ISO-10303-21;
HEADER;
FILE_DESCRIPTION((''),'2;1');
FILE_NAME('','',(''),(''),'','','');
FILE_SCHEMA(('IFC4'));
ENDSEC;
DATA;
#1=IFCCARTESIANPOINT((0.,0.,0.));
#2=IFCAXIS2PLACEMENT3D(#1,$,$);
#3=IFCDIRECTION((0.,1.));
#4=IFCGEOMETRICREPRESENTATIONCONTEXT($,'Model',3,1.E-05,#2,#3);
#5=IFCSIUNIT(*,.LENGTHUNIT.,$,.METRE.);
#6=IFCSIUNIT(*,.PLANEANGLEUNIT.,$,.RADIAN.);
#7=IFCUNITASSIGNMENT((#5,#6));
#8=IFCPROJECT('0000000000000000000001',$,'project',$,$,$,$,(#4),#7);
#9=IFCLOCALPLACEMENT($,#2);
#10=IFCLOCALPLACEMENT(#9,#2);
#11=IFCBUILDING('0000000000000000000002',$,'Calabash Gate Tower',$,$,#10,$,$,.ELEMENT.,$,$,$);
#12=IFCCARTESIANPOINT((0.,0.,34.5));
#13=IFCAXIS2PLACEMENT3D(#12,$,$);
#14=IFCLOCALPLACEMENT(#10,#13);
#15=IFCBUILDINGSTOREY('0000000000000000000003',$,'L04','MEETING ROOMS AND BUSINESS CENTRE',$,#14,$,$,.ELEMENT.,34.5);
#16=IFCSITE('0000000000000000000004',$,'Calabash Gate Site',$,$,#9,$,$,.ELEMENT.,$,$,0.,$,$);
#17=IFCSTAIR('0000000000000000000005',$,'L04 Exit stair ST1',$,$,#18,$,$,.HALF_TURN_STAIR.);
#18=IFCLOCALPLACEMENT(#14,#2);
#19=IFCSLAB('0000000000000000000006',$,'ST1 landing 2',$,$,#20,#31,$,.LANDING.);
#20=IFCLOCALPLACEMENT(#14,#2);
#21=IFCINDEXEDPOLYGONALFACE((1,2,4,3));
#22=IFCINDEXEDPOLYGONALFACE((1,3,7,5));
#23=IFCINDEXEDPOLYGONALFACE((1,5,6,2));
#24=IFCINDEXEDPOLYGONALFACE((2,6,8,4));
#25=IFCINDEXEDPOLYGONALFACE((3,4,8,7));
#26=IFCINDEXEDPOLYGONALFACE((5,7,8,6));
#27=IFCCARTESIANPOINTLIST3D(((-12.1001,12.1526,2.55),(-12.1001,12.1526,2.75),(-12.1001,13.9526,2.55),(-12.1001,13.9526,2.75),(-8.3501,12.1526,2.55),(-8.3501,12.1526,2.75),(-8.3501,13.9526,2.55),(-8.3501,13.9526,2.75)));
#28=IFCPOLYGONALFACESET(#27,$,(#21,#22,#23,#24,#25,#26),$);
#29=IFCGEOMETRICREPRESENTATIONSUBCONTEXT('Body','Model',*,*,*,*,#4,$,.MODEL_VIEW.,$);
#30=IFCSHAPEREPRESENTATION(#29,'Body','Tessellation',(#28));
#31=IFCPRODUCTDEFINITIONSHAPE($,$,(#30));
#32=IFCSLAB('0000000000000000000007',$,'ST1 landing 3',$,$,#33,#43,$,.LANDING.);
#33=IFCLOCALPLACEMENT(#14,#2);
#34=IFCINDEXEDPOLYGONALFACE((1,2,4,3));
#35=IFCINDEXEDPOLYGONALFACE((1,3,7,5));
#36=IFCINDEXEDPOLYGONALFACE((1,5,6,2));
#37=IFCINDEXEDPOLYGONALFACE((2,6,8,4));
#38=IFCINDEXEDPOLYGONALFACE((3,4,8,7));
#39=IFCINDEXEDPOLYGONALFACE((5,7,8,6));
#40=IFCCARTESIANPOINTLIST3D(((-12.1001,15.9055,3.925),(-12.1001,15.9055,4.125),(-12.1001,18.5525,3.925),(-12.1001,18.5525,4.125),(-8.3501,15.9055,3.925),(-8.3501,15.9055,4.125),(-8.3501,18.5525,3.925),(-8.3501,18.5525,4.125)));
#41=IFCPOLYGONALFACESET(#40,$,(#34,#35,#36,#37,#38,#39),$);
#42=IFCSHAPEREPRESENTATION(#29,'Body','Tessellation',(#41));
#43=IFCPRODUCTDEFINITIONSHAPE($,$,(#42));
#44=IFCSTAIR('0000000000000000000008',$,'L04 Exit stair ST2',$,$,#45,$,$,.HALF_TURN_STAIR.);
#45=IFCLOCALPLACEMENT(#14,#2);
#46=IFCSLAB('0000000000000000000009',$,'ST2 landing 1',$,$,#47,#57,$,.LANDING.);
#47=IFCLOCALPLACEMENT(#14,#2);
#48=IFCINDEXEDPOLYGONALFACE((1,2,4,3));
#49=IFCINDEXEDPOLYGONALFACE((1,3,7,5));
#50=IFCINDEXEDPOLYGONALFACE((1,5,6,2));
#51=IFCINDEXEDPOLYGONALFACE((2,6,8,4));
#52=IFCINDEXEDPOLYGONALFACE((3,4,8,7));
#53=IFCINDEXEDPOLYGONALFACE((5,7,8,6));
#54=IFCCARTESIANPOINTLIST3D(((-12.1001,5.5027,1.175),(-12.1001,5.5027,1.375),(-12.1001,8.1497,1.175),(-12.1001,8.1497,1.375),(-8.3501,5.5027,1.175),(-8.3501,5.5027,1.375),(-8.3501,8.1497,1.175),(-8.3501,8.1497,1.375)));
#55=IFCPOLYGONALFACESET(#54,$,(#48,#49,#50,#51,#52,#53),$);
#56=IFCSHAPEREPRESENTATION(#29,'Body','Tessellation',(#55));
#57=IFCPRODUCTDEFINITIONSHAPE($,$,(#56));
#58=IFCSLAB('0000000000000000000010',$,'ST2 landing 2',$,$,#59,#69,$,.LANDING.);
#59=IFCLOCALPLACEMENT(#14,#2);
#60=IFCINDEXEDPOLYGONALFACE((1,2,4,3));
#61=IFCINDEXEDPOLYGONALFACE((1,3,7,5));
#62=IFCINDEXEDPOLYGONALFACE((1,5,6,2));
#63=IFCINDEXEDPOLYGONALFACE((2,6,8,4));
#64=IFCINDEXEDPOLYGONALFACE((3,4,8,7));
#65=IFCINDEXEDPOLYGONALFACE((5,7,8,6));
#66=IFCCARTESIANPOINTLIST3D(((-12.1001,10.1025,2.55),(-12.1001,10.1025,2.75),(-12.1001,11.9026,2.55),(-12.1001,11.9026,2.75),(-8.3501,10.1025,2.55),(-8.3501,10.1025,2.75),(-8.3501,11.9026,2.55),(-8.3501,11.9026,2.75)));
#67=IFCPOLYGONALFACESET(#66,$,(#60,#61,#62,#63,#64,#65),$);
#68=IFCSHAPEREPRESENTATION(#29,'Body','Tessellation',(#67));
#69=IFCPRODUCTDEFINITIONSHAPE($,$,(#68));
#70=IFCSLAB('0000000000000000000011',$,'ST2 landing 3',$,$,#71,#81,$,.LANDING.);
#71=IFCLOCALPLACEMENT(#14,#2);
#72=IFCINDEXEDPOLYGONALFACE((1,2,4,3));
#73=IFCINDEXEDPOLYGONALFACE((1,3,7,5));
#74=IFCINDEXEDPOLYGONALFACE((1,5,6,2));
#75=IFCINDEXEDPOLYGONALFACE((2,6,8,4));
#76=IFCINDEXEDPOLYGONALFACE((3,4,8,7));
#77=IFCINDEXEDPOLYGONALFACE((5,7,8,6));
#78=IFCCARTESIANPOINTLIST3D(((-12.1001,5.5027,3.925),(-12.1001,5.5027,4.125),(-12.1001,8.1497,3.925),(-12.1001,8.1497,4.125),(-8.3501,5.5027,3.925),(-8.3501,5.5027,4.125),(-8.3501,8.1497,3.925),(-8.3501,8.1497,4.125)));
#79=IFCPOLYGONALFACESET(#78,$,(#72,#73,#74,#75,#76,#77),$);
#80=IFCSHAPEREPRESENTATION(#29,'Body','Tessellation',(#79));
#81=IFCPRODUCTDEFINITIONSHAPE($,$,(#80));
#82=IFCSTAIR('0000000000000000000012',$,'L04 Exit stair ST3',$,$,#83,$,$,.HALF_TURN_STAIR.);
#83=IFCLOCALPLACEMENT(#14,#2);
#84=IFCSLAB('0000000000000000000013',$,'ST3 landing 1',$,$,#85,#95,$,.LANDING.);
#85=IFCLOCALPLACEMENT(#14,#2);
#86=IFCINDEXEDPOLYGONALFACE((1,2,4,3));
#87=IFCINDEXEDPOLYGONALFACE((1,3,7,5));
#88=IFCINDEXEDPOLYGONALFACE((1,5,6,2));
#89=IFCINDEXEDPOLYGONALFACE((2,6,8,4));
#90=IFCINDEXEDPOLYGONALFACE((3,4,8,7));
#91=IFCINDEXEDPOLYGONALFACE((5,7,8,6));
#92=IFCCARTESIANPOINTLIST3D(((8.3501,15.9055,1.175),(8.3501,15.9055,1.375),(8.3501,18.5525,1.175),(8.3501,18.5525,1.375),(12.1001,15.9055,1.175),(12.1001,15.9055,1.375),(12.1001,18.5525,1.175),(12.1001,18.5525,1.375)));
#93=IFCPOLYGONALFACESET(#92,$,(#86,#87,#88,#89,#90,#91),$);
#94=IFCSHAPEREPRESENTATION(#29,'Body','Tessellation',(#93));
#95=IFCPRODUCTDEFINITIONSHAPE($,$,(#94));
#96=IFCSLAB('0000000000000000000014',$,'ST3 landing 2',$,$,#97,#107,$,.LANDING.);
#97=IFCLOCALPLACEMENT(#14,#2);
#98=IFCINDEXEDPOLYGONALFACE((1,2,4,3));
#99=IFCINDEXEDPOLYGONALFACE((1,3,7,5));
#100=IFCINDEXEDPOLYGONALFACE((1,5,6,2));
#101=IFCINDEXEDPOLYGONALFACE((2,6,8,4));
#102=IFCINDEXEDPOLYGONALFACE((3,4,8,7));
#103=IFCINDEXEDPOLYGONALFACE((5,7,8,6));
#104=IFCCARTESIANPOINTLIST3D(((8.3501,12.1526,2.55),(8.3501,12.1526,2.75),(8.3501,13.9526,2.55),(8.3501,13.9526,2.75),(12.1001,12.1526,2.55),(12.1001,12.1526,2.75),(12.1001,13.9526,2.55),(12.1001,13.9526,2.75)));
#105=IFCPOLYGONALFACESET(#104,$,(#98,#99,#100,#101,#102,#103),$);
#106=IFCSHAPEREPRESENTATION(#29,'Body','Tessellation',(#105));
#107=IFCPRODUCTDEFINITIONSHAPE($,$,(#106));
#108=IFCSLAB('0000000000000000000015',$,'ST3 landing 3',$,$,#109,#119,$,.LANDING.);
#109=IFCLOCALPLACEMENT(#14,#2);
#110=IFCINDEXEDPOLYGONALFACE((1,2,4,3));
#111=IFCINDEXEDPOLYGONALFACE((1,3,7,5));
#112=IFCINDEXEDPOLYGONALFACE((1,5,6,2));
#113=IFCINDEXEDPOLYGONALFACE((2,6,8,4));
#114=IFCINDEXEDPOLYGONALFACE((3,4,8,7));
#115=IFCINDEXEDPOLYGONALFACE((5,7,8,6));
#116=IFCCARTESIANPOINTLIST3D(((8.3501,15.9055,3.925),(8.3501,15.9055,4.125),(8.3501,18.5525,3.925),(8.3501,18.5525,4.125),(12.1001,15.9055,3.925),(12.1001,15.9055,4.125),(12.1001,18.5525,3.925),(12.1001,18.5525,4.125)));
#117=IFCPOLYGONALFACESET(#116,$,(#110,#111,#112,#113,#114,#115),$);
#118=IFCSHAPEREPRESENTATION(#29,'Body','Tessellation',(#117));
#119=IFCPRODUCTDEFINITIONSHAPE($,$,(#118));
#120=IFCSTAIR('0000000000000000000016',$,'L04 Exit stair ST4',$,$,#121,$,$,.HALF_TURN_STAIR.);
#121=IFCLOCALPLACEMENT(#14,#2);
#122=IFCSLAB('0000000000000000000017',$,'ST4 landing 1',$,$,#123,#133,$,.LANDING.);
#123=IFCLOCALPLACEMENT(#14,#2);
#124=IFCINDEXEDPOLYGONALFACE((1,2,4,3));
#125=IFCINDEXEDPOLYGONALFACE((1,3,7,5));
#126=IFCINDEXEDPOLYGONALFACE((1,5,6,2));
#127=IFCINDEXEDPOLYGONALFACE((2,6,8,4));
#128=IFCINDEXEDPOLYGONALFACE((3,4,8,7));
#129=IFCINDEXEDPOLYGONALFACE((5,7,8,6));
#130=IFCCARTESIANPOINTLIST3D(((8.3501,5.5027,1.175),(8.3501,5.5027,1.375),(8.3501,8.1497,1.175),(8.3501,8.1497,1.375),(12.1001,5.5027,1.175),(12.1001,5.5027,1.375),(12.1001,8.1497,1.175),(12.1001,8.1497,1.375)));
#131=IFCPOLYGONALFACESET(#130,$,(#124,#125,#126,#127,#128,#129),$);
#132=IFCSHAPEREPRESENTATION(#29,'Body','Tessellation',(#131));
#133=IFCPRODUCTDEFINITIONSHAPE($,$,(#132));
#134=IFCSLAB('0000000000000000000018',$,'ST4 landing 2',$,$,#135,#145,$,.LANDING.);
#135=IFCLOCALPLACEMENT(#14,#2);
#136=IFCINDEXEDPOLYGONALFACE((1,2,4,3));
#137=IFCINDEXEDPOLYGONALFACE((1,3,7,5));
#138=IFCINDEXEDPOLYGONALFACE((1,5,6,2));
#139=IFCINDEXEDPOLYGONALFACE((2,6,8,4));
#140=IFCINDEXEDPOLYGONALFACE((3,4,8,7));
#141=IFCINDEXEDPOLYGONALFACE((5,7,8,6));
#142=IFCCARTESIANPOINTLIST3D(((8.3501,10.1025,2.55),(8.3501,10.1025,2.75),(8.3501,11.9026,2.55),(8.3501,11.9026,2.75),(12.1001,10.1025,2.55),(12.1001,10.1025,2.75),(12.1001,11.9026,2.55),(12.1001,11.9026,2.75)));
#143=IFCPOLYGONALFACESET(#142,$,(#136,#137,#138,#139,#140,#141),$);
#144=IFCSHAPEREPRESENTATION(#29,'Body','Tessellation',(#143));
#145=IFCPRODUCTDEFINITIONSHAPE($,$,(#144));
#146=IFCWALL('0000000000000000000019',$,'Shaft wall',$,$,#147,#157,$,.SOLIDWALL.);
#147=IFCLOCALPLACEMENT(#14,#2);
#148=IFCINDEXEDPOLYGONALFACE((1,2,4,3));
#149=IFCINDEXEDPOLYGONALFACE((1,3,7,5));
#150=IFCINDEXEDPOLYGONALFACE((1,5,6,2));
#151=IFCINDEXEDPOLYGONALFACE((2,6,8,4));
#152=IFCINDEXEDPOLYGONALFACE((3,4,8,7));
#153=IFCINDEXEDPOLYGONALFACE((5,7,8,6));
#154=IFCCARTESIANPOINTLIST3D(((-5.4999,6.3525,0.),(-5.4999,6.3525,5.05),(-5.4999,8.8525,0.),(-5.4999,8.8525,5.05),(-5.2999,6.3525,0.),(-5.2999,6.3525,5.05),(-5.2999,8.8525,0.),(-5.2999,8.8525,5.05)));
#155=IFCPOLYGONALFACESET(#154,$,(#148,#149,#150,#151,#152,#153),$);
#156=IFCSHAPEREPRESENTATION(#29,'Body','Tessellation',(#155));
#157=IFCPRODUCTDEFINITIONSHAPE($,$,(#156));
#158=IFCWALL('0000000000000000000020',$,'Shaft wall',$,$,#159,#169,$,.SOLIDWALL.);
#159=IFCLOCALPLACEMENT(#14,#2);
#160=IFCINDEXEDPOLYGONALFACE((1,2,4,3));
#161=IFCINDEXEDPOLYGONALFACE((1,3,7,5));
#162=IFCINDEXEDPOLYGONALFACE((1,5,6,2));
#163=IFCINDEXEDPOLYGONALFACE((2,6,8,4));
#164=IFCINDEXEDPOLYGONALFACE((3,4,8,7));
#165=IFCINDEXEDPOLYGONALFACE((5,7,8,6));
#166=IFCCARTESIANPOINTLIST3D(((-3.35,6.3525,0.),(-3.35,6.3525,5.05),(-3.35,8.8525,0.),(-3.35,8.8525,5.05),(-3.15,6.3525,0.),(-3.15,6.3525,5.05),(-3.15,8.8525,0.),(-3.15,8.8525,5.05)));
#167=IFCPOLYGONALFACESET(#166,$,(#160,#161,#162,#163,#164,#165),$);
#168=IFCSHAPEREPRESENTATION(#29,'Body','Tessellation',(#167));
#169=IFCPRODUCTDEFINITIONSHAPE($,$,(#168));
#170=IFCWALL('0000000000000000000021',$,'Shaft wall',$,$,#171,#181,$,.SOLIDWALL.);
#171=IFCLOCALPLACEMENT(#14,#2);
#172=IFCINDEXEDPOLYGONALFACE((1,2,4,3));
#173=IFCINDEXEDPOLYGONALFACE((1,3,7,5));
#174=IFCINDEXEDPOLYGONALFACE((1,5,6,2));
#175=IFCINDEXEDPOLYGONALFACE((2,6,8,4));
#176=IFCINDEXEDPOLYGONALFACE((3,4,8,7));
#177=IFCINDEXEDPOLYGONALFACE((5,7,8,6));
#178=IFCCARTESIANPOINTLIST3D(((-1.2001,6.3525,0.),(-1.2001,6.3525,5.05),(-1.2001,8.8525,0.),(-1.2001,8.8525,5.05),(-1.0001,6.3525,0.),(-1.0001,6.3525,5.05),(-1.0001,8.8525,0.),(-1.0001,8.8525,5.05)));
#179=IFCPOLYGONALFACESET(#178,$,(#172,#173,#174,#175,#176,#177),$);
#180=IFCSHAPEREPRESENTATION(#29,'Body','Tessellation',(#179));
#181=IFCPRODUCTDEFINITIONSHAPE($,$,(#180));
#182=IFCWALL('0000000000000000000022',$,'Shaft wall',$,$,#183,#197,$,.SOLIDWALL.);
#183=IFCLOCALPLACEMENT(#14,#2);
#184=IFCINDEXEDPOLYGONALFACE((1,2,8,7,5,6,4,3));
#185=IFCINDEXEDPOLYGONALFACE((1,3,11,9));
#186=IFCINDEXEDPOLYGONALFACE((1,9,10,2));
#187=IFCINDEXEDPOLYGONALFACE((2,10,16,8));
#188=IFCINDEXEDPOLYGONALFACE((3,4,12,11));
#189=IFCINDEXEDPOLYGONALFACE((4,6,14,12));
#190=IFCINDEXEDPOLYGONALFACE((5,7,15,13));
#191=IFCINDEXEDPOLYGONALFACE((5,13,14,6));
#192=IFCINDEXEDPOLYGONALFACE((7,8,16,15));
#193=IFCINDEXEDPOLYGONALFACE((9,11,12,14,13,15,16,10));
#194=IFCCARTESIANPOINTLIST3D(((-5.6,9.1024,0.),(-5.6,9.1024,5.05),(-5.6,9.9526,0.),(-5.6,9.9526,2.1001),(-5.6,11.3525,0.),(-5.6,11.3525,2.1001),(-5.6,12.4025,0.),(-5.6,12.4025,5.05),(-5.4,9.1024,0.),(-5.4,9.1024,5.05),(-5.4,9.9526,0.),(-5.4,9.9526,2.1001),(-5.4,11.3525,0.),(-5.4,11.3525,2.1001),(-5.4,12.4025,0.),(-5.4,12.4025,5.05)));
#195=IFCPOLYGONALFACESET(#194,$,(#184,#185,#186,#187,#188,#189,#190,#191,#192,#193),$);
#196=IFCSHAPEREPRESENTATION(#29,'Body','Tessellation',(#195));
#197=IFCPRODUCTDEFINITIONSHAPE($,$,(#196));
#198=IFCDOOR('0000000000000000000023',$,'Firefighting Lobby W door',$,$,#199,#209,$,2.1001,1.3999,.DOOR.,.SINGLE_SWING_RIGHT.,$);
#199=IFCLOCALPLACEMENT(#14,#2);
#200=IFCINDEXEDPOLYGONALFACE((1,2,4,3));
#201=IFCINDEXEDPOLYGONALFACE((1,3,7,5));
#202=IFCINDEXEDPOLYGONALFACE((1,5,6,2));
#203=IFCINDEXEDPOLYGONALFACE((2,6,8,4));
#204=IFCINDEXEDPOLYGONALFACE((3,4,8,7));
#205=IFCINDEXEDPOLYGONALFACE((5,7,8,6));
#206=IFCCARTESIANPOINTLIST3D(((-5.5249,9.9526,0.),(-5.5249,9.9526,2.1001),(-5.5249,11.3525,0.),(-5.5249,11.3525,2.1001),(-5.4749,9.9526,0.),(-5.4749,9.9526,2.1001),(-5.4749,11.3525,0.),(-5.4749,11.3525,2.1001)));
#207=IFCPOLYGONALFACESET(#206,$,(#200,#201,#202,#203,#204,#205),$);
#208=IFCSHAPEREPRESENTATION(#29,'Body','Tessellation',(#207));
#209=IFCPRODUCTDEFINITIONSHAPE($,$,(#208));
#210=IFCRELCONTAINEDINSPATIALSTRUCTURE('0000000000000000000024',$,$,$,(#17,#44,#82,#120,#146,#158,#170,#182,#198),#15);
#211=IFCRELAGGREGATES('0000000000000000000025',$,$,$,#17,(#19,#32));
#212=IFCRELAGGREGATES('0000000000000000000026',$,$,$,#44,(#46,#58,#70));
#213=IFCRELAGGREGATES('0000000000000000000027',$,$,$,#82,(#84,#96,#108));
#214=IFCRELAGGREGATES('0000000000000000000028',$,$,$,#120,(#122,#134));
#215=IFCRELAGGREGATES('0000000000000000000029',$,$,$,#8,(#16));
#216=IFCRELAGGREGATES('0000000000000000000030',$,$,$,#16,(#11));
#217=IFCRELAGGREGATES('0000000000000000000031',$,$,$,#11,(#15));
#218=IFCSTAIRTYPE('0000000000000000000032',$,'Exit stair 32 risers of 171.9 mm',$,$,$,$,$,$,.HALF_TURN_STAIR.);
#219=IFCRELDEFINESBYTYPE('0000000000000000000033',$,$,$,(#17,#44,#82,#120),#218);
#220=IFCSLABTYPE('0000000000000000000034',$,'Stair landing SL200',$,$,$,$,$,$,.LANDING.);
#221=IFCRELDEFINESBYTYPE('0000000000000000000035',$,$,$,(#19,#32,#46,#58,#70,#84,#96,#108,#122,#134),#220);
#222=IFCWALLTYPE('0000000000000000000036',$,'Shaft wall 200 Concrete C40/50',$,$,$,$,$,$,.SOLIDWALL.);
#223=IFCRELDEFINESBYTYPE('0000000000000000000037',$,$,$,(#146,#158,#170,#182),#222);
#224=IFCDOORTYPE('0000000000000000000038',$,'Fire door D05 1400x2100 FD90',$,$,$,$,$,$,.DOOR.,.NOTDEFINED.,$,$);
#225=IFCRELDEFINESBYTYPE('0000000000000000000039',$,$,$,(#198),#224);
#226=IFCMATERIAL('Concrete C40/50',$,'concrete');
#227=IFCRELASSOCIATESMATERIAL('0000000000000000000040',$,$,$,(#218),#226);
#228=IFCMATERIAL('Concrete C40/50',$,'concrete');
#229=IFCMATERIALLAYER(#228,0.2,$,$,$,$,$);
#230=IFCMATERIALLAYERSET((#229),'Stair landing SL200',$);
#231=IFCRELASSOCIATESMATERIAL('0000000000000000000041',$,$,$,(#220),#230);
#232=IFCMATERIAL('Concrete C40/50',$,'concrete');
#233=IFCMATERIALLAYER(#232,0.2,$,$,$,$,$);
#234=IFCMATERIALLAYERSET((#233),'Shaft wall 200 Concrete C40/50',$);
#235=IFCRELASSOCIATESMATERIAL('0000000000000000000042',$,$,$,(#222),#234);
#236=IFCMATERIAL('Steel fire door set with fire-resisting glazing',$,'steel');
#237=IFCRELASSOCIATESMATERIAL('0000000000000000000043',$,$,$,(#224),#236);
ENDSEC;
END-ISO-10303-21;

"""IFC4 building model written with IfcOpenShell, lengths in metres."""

from ifc_helpers import new_model, si_unit, direction, frame, frame_2d, origin, place, context, subcontext, project, spatial, polyline, rectangle, outline, extrude, material, layer, layer_set, type_object, element, fill, aggregate, save


model = new_model("IFC4")

# Units and contexts
model_context = context("Model", 3, precision=1e-05, world=origin(), true_north=direction((0.0, 1.0)))
body_context = subcontext(model_context, "Body", "Model", "MODEL_VIEW")
ifc_project = project(units=[si_unit("LENGTHUNIT", "METRE"), si_unit("PLANEANGLEUNIT", "RADIAN")], contexts=[model_context])

# Site, building, storey
site_placement = place(None, origin())
site = spatial("IfcSite", under=ifc_project, at=site_placement, Name="Calabash Gate Site", CompositionType="ELEMENT", RefElevation=0.0)
building_placement = place(site_placement, origin())
building = spatial("IfcBuilding", under=site, at=building_placement, Name="Calabash Gate Tower", CompositionType="ELEMENT")
storey_placement = place(building_placement, frame((0.0, 0.0, 34.5)))
storey = spatial("IfcBuildingStorey", under=building, at=storey_placement, Name="L04", Description="MEETING ROOMS AND BUSINESS CENTRE", CompositionType="ELEMENT", Elevation=34.5)

# Stairs, slabs
ifc_material_1 = material(Name="Concrete C40/50", Category="concrete")
stair_type = type_object("IfcStairType", Name="Exit stair 32 risers of 171.9 mm", PredefinedType="HALF_TURN_STAIR", material=ifc_material_1)
stair_1_placement = place(storey_placement, origin())
stair_1 = element("IfcStair", 1, at=stair_1_placement, inside=storey, type_object=stair_type, Name="L04 Exit stair ST1", PredefinedType="HALF_TURN_STAIR")
ifc_material_2 = material(Name="Concrete C40/50", Category="concrete")
ifc_layer_1 = layer(ifc_material_2, 0.2)
ifc_layer_set_1 = layer_set([ifc_layer_1], Name="Stair landing SL200")
slab_type_1 = type_object("IfcSlabType", Name="Stair landing SL200", PredefinedType="LANDING", material=ifc_layer_set_1)
slab_1_placement = place(storey_placement, frame((0.0, 0.0, 2.55)))
slab_1 = element("IfcSlab", 2, at=slab_1_placement, type_object=slab_type_1, Name="ST1 landing 2", PredefinedType="LANDING", context=body_context, shape_type="SweptSolid", body=[
    extrude(outline(polyline([(-8.3501, 12.1526), (-8.3501, 13.9526), (-12.1001, 13.9526), (-12.1001, 12.1526), (-8.3501, 12.1526)])), origin(), (0.0, 0.0, 1.0), 0.2),
])
slab_2_placement = place(storey_placement, frame((0.0, 0.0, 3.925)))
slab_2 = element("IfcSlab", 3, at=slab_2_placement, type_object=slab_type_1, Name="ST1 landing 3", PredefinedType="LANDING", context=body_context, shape_type="SweptSolid", body=[
    extrude(outline(polyline([(-8.3501, 15.9055), (-8.3501, 18.5525), (-12.1001, 18.5525), (-12.1001, 15.9055), (-8.3501, 15.9055)])), origin(), (0.0, 0.0, 1.0), 0.2),
])
aggregate(stair_1, [slab_1, slab_2])
stair_2_placement = place(storey_placement, origin())
stair_2 = element("IfcStair", 4, at=stair_2_placement, inside=storey, type_object=stair_type, Name="L04 Exit stair ST2", PredefinedType="HALF_TURN_STAIR")
slab_3_placement = place(storey_placement, frame((0.0, 0.0, 1.175)))
slab_3 = element("IfcSlab", 5, at=slab_3_placement, type_object=slab_type_1, Name="ST2 landing 1", PredefinedType="LANDING", context=body_context, shape_type="SweptSolid", body=[
    extrude(outline(polyline([(-12.1001, 8.1497), (-12.1001, 5.5027), (-8.3501, 5.5027), (-8.3501, 8.1497), (-12.1001, 8.1497)])), origin(), (0.0, 0.0, 1.0), 0.2),
])
slab_4_placement = place(storey_placement, frame((0.0, 0.0, 2.55)))
slab_4 = element("IfcSlab", 6, at=slab_4_placement, type_object=slab_type_1, Name="ST2 landing 2", PredefinedType="LANDING", context=body_context, shape_type="SweptSolid", body=[
    extrude(outline(polyline([(-12.1001, 11.9026), (-12.1001, 10.1025), (-8.3501, 10.1025), (-8.3501, 11.9026), (-12.1001, 11.9026)])), origin(), (0.0, 0.0, 1.0), 0.2),
])
slab_5_placement = place(storey_placement, frame((0.0, 0.0, 3.925)))
slab_5 = element("IfcSlab", 7, at=slab_5_placement, type_object=slab_type_1, Name="ST2 landing 3", PredefinedType="LANDING", context=body_context, shape_type="SweptSolid", body=[
    extrude(outline(polyline([(-12.1001, 8.1497), (-12.1001, 5.5027), (-8.3501, 5.5027), (-8.3501, 8.1497), (-12.1001, 8.1497)])), origin(), (0.0, 0.0, 1.0), 0.2),
])
aggregate(stair_2, [slab_3, slab_4, slab_5])
stair_3_placement = place(storey_placement, origin())
stair_3 = element("IfcStair", 8, at=stair_3_placement, inside=storey, type_object=stair_type, Name="L04 Exit stair ST3", PredefinedType="HALF_TURN_STAIR")
slab_6_placement = place(storey_placement, frame((0.0, 0.0, 1.175)))
slab_6 = element("IfcSlab", 9, at=slab_6_placement, type_object=slab_type_1, Name="ST3 landing 1", PredefinedType="LANDING", context=body_context, shape_type="SweptSolid", body=[
    extrude(outline(polyline([(12.1001, 15.9055), (12.1001, 18.5525), (8.3501, 18.5525), (8.3501, 15.9055), (12.1001, 15.9055)])), origin(), (0.0, 0.0, 1.0), 0.2),
])
slab_7_placement = place(storey_placement, frame((0.0, 0.0, 2.55)))
slab_7 = element("IfcSlab", 10, at=slab_7_placement, type_object=slab_type_1, Name="ST3 landing 2", PredefinedType="LANDING", context=body_context, shape_type="SweptSolid", body=[
    extrude(outline(polyline([(12.1001, 12.1526), (12.1001, 13.9526), (8.3501, 13.9526), (8.3501, 12.1526), (12.1001, 12.1526)])), origin(), (0.0, 0.0, 1.0), 0.2),
])
slab_8_placement = place(storey_placement, frame((0.0, 0.0, 3.925)))
slab_8 = element("IfcSlab", 11, at=slab_8_placement, type_object=slab_type_1, Name="ST3 landing 3", PredefinedType="LANDING", context=body_context, shape_type="SweptSolid", body=[
    extrude(outline(polyline([(12.1001, 15.9055), (12.1001, 18.5525), (8.3501, 18.5525), (8.3501, 15.9055), (12.1001, 15.9055)])), origin(), (0.0, 0.0, 1.0), 0.2),
])
aggregate(stair_3, [slab_6, slab_7, slab_8])
stair_4_placement = place(storey_placement, origin())
stair_4 = element("IfcStair", 12, at=stair_4_placement, inside=storey, type_object=stair_type, Name="L04 Exit stair ST4", PredefinedType="HALF_TURN_STAIR")
slab_9_placement = place(storey_placement, frame((0.0, 0.0, 1.175)))
slab_9 = element("IfcSlab", 13, at=slab_9_placement, type_object=slab_type_1, Name="ST4 landing 1", PredefinedType="LANDING", context=body_context, shape_type="SweptSolid", body=[
    extrude(outline(polyline([(8.3501, 8.1497), (8.3501, 5.5027), (12.1001, 5.5027), (12.1001, 8.1497), (8.3501, 8.1497)])), origin(), (0.0, 0.0, 1.0), 0.2),
])
slab_10_placement = place(storey_placement, frame((0.0, 0.0, 2.55)))
slab_10 = element("IfcSlab", 14, at=slab_10_placement, type_object=slab_type_1, Name="ST4 landing 2", PredefinedType="LANDING", context=body_context, shape_type="SweptSolid", body=[
    extrude(outline(polyline([(8.3501, 11.9026), (8.3501, 10.1025), (12.1001, 10.1025), (12.1001, 11.9026), (8.3501, 11.9026)])), origin(), (0.0, 0.0, 1.0), 0.2),
])
aggregate(stair_4, [slab_9, slab_10])

# Walls
ifc_material_3 = material(Name="Concrete C40/50", Category="concrete")
ifc_layer_2 = layer(ifc_material_3, 0.2)
ifc_layer_set_2 = layer_set([ifc_layer_2], Name="Shaft wall 200 Concrete C40/50")
wall_type = type_object("IfcWallType", Name="Shaft wall 200 Concrete C40/50", PredefinedType="SOLIDWALL", material=ifc_layer_set_2)
for number, where, z_axis, x_axis, name in (
    (15, (-5.3999, 6.3525, 0.0), (0.0, 0.0, 1.0), (0.0, 1.0, 0.0), "Shaft wall"),
    (16, (-3.25, 6.3525, 0.0), (0.0, 0.0, 1.0), (0.0, 1.0, 0.0), "Shaft wall"),
    (17, (-1.1001, 6.3525, 0.0), (0.0, 0.0, 1.0), (0.0, 1.0, 0.0), "Shaft wall"),
):
    element("IfcWall", number, at=place(storey_placement, frame(where, z_axis=z_axis, x_axis=x_axis)), inside=storey, type_object=wall_type, Name=name, PredefinedType="SOLIDWALL", context=body_context, shape_type="SweptSolid", body=[
        extrude(rectangle(XDim=2.5, YDim=0.2, at=frame_2d((1.25, 0.0))), origin(), (0.0, 0.0, 1.0), 5.05),
    ])

# Wall, opening, door
wall_1_placement = place(storey_placement, frame((-5.5, 9.1025, 0.0), z_axis=(0.0, 0.0, 1.0), x_axis=(0.0, 1.0, 0.0)))
wall_1 = element("IfcWall", 18, at=wall_1_placement, inside=storey, type_object=wall_type, Name="Shaft wall", PredefinedType="SOLIDWALL", context=body_context, shape_type="SweptSolid", body=[
    extrude(rectangle(XDim=3.3, YDim=0.2, at=frame_2d((1.6499, 0.0))), origin(), (0.0, 0.0, 1.0), 5.05),
])
opening_1_placement = place(wall_1_placement, frame((0.8501, 0.0, 0.0)))
opening_1 = element("IfcOpeningElement", 19, at=opening_1_placement, cuts=wall_1, PredefinedType="OPENING", context=body_context, shape_type="SweptSolid", body=[
    extrude(rectangle(XDim=1.3999, YDim=2.1001, at=frame_2d((0.7, 1.05))), frame((0.0, 0.1099, 0.0), z_axis=(0.0, -1.0, 0.0), x_axis=(1.0, 0.0, 0.0)), (0.0, 0.0, 1.0), 0.22),
])
ifc_material_4 = material(Name="Steel fire door set with fire-resisting glazing", Category="steel")
door_type_1 = type_object("IfcDoorType", Name="Fire door D05 1400x2100 FD90", OperationType="NOTDEFINED", PredefinedType="DOOR", material=ifc_material_4)
door_1_placement = place(opening_1_placement, origin())
door_1 = element("IfcDoor", 20, at=door_1_placement, inside=storey, type_object=door_type_1, Name="Firefighting Lobby W door", OperationType="SINGLE_SWING_RIGHT", OverallHeight=2.1001, OverallWidth=1.3999, PredefinedType="DOOR", context=body_context, shape_type="SweptSolid", body=[
    extrude(rectangle(XDim=1.3999, YDim=2.1001, at=frame_2d((0.7, 1.05))), frame((0.0, 0.0249, 0.0), z_axis=(0.0, -1.0, 0.0), x_axis=(1.0, 0.0, 0.0)), (0.0, 0.0, 1.0), 0.05),
])
fill(opening_1, door_1)

save(model, "model.ifc")
